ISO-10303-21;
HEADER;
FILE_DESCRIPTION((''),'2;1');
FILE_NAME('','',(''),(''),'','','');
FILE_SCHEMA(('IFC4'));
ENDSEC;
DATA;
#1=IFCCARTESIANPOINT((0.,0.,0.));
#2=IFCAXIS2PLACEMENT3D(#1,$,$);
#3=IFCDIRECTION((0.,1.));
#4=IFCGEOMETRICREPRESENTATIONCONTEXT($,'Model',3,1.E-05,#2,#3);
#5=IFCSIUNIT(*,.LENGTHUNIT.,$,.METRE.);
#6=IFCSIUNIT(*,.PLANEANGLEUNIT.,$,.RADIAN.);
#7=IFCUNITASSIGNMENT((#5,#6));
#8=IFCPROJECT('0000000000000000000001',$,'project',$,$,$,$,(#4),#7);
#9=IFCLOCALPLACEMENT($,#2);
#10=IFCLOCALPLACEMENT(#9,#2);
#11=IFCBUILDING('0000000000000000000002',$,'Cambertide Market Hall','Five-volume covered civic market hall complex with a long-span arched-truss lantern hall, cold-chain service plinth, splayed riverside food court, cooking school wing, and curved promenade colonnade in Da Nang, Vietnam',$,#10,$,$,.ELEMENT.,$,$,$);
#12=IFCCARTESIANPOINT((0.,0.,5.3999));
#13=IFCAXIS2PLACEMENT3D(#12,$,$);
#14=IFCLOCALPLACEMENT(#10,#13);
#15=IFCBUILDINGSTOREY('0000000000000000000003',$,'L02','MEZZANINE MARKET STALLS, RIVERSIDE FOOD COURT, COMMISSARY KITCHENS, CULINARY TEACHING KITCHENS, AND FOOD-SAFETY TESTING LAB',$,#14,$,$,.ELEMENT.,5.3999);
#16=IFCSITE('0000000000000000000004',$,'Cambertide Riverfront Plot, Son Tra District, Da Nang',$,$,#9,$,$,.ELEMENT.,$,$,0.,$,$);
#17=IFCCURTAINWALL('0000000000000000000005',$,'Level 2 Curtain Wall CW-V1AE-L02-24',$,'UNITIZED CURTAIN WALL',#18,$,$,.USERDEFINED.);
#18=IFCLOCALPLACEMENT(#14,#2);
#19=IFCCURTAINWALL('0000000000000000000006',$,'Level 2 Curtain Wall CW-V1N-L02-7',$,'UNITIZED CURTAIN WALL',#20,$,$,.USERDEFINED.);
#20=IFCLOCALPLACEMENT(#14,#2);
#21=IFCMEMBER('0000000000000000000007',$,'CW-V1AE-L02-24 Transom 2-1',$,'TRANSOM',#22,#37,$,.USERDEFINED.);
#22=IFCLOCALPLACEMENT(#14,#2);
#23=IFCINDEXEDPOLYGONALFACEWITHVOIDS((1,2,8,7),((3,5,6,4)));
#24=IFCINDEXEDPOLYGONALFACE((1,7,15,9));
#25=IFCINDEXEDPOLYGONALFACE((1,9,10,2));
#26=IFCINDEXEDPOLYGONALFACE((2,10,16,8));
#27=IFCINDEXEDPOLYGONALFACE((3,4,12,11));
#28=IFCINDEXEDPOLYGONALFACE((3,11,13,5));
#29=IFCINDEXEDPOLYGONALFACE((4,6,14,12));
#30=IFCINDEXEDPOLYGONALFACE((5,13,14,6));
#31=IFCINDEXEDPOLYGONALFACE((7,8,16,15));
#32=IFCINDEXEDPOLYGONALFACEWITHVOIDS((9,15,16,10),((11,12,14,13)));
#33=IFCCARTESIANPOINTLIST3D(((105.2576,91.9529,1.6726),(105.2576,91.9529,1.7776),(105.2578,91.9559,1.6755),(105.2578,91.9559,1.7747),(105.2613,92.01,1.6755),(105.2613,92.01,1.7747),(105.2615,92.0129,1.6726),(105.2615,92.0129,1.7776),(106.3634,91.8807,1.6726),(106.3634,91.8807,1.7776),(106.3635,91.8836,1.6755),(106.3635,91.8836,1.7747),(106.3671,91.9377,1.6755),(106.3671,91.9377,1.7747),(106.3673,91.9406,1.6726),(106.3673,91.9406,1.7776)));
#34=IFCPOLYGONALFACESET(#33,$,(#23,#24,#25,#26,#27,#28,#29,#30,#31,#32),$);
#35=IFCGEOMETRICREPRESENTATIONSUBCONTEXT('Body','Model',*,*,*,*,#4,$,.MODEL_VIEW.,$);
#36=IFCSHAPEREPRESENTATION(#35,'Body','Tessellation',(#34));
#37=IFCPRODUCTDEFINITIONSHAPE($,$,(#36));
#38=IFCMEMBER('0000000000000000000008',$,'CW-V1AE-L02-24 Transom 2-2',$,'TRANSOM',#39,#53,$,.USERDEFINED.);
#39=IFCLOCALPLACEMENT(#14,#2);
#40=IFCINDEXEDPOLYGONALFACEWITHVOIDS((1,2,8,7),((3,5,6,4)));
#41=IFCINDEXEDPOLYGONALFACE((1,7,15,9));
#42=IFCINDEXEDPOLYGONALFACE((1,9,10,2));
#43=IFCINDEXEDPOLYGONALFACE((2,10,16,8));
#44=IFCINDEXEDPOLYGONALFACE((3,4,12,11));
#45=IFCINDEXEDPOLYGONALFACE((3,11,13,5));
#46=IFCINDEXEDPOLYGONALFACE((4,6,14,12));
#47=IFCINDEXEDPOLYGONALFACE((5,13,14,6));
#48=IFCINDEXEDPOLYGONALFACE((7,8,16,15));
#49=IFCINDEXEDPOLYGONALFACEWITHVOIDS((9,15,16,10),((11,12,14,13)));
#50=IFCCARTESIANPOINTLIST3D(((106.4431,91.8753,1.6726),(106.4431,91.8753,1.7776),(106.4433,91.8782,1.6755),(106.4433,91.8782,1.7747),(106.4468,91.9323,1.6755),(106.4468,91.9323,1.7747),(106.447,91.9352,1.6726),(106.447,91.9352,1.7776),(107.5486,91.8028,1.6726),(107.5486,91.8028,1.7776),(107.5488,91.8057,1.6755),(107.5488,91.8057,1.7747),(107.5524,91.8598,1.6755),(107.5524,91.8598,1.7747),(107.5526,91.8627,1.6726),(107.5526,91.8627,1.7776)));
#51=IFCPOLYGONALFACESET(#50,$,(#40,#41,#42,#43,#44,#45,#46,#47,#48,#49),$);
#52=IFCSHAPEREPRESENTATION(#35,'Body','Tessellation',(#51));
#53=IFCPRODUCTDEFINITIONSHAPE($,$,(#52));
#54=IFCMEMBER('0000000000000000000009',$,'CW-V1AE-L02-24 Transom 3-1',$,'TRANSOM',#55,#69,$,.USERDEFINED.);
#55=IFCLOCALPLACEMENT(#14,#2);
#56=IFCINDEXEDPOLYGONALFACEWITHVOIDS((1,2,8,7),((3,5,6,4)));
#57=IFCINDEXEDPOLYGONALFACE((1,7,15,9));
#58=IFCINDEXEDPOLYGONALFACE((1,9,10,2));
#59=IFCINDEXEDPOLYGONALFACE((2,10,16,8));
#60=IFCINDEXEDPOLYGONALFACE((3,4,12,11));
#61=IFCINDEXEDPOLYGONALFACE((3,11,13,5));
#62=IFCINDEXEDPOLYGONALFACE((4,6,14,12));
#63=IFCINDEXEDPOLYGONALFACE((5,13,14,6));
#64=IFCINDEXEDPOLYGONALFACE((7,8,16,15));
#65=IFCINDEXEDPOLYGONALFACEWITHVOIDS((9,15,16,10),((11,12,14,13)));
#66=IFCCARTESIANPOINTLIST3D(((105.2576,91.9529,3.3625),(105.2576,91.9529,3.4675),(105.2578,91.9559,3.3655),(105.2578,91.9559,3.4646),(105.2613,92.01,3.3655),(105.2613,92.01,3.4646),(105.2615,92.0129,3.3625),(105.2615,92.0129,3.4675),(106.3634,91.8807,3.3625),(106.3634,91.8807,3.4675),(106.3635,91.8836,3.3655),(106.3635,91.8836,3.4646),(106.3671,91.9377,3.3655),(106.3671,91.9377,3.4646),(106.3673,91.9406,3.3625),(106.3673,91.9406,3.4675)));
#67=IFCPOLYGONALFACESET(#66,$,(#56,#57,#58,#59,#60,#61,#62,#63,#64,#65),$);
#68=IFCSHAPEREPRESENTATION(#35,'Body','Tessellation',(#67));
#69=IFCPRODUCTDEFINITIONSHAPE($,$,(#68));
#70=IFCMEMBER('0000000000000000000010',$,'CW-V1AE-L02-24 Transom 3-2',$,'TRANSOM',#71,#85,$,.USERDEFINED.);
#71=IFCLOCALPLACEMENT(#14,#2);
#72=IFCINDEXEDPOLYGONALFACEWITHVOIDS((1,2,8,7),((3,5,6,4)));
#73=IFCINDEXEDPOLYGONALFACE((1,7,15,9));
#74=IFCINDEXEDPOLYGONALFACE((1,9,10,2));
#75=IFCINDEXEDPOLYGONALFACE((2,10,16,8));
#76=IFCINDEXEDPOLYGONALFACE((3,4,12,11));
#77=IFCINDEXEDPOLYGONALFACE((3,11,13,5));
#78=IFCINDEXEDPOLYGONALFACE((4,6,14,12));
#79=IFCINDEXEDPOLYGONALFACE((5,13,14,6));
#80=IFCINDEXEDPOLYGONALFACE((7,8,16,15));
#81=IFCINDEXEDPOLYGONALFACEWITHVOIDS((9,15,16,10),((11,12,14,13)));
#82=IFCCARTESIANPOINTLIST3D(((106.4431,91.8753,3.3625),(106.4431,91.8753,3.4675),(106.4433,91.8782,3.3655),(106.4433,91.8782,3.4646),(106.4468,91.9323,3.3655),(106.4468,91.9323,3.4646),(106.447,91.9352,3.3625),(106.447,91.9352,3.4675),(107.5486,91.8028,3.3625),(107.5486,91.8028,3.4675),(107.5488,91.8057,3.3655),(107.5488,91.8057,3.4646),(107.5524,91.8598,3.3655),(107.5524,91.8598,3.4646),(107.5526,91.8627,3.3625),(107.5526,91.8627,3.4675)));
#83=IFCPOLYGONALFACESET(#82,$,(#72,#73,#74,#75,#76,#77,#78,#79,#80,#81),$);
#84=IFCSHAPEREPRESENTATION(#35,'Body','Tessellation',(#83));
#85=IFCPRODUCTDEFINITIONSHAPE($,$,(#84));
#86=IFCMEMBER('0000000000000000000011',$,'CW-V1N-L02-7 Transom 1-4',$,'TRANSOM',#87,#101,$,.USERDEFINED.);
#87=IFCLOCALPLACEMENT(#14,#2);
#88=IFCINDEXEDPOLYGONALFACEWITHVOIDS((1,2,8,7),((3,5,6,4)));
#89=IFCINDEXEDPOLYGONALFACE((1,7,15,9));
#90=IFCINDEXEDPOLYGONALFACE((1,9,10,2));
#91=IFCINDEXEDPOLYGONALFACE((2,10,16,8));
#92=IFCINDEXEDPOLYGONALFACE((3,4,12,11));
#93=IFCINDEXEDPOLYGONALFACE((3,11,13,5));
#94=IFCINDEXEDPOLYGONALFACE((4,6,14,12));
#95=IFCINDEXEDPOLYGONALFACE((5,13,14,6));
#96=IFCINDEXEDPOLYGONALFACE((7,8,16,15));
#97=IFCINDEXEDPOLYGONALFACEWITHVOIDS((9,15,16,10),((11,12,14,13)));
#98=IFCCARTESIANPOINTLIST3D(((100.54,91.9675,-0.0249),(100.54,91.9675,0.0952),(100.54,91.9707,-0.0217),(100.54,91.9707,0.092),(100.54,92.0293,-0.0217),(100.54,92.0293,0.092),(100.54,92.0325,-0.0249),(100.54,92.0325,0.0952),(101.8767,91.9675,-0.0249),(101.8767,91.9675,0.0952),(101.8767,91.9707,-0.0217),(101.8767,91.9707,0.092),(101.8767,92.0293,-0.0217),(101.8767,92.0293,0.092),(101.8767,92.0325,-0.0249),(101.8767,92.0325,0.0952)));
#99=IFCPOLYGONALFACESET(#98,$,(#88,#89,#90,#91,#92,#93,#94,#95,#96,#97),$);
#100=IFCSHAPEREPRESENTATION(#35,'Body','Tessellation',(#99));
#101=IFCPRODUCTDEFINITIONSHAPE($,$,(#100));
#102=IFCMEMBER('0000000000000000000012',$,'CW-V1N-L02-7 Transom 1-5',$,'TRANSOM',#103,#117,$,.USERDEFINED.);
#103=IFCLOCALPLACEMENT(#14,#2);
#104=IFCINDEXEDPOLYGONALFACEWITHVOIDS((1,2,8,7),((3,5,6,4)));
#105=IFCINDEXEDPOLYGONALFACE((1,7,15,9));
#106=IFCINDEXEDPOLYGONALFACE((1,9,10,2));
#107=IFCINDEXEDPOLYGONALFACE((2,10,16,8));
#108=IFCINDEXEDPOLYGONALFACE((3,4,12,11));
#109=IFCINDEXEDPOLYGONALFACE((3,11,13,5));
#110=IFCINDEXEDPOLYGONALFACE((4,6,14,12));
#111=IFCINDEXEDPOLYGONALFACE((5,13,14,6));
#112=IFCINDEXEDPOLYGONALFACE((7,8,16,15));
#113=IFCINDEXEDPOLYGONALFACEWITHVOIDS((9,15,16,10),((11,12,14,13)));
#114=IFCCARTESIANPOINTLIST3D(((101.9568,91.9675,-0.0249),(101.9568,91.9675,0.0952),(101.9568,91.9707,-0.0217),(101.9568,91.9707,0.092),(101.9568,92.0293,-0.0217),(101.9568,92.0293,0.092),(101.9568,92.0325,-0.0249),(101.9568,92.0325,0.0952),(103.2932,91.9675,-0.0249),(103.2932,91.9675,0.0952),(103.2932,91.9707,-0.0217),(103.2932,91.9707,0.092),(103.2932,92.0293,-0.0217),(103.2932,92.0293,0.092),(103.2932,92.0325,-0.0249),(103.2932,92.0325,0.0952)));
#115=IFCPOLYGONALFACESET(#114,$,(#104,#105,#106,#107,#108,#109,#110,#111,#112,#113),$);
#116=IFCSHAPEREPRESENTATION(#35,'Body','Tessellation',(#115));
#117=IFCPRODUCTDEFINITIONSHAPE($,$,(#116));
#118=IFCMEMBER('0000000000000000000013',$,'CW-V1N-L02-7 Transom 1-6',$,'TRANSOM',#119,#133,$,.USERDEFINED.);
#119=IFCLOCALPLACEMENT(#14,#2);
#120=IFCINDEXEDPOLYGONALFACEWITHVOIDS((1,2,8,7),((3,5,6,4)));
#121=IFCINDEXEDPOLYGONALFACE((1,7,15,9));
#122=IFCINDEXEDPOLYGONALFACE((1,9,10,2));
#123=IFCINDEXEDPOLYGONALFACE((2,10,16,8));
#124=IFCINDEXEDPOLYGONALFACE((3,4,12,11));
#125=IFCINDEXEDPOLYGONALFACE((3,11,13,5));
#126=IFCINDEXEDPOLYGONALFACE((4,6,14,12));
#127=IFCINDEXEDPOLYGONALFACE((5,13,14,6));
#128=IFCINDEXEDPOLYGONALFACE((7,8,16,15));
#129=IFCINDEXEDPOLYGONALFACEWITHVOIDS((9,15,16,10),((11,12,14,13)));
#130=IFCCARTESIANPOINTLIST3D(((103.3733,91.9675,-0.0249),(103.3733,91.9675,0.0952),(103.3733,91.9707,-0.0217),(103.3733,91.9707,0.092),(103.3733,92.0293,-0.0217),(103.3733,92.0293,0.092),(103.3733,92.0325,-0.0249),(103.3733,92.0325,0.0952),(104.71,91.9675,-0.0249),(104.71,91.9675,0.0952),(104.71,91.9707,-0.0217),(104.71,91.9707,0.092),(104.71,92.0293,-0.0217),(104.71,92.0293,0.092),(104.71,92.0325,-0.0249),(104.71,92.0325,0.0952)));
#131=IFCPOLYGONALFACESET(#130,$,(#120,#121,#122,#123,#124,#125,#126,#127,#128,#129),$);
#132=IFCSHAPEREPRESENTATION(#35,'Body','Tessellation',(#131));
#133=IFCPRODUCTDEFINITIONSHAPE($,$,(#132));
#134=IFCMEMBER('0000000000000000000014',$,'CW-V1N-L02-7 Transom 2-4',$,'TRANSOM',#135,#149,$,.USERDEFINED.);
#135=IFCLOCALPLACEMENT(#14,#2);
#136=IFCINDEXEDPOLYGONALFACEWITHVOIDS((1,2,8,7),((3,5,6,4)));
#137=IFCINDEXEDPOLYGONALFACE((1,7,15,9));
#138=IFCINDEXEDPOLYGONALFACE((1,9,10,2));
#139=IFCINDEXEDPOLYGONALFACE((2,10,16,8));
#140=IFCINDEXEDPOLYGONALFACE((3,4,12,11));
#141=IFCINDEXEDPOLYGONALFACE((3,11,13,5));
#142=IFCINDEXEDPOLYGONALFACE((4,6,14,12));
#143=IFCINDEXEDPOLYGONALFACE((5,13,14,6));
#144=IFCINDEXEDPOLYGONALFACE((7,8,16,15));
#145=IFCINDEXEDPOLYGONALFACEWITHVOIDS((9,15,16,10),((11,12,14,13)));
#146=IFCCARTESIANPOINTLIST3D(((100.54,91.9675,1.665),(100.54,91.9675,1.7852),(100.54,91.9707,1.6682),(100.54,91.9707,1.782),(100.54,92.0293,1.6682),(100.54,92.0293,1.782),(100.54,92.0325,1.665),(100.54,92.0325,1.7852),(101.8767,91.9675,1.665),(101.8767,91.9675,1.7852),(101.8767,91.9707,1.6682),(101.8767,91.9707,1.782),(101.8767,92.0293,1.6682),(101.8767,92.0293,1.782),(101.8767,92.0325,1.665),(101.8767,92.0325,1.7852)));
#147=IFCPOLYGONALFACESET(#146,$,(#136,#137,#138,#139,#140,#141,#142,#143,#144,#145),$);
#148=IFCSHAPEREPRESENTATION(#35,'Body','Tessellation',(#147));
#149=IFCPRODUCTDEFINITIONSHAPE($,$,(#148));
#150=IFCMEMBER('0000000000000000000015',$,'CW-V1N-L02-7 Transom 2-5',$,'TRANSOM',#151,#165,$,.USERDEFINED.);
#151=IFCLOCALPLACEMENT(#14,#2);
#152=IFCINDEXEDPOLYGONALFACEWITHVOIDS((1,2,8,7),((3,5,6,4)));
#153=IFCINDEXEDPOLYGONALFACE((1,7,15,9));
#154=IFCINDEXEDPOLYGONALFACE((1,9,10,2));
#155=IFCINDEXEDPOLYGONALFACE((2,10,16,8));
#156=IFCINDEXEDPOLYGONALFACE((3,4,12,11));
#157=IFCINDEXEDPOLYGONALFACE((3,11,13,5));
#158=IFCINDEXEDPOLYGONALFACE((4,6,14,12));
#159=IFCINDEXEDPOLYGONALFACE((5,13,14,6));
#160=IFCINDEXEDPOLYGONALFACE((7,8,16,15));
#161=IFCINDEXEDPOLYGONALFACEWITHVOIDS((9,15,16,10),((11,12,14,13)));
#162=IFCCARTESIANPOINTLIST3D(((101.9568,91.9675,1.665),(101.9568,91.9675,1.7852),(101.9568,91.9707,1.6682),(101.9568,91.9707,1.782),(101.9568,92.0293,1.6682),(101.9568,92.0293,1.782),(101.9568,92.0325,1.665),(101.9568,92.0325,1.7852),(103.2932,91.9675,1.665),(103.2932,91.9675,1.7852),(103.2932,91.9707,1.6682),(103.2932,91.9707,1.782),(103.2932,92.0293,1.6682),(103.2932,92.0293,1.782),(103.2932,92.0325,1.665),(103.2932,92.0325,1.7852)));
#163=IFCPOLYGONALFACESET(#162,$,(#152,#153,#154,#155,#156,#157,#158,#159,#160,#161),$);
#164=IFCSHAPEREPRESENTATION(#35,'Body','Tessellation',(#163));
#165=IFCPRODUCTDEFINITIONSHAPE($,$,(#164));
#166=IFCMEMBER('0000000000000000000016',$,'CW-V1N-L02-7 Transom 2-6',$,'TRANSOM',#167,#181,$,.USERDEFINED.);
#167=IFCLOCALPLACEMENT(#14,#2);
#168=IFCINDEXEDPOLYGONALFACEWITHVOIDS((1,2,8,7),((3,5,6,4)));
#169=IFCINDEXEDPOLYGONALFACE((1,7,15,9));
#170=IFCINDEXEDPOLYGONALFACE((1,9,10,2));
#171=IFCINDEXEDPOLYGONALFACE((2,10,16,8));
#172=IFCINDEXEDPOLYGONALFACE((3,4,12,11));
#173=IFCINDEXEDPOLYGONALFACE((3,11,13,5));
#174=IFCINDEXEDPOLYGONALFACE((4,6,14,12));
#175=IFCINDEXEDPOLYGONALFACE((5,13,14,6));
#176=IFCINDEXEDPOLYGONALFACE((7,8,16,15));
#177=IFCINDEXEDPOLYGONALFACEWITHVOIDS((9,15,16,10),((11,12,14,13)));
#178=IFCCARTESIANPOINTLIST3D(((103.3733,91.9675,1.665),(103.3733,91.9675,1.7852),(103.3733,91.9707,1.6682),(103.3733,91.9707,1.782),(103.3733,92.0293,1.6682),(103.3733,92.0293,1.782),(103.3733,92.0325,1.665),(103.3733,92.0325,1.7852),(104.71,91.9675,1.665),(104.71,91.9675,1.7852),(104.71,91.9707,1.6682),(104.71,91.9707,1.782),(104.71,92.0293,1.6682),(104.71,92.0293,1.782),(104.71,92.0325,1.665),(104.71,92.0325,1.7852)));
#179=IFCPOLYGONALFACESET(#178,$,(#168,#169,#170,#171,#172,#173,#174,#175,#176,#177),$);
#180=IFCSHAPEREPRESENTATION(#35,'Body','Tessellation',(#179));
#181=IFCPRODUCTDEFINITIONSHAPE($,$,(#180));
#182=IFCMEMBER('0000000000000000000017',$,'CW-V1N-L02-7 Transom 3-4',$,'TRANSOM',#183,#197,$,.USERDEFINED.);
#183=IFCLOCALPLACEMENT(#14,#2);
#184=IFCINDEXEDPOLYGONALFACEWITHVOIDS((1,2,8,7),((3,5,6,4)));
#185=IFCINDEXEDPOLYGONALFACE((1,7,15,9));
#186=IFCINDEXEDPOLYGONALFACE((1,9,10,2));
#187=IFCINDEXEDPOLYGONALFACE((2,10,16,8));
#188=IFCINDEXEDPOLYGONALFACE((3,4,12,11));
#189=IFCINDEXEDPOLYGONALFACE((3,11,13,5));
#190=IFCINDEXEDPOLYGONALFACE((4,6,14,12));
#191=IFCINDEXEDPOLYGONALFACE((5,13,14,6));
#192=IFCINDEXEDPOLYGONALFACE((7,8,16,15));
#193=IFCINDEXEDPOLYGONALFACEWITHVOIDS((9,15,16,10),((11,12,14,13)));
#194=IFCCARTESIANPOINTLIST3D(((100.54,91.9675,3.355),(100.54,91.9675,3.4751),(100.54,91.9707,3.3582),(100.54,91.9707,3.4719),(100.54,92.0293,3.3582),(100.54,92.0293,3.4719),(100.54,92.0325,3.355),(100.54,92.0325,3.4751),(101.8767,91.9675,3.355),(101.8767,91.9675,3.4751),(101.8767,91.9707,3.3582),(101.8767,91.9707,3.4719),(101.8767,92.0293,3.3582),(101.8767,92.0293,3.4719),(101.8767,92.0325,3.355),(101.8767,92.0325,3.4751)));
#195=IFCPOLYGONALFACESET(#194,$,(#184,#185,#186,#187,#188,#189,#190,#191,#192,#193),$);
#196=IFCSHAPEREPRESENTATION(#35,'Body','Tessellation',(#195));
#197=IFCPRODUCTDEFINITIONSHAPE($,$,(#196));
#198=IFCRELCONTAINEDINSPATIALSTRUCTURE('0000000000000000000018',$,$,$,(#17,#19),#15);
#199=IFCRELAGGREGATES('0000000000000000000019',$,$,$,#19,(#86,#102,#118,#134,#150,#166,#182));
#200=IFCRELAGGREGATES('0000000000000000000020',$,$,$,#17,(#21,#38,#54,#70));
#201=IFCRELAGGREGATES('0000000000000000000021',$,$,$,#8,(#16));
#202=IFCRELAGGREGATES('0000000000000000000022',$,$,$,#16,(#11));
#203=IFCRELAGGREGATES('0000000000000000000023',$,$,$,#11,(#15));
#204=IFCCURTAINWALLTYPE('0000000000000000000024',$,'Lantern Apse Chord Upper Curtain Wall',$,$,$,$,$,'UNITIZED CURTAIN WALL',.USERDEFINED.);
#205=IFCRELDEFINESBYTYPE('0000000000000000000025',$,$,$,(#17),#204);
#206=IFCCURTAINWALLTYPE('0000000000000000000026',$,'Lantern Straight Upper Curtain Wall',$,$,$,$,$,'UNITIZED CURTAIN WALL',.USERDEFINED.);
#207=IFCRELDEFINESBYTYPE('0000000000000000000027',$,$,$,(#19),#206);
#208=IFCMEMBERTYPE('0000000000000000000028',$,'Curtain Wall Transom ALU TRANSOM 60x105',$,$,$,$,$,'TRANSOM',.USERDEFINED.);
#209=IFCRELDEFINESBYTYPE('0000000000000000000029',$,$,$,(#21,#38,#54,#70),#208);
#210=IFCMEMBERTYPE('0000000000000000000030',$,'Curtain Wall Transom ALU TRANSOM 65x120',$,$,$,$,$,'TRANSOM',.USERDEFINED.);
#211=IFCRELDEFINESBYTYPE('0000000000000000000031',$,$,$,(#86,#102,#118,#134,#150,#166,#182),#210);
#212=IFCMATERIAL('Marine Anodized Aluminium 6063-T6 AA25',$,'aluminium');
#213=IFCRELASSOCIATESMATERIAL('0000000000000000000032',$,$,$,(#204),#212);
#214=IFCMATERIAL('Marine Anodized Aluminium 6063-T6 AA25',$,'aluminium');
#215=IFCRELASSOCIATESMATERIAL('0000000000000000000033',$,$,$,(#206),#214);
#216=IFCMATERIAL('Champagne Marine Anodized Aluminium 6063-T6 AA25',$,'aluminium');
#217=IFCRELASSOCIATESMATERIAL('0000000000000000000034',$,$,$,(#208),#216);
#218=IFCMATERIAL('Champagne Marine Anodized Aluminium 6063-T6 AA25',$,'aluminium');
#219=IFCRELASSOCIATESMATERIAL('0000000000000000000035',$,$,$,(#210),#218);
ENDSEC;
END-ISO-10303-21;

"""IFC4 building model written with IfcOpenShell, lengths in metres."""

from ifc_helpers import new_model, si_unit, direction, frame, origin, origin_2d, place, context, subcontext, project, spatial, hollow_rectangle, extrude, material, material_profile, profile_set, type_object, element, aggregate, save


model = new_model("IFC4")

# Units and contexts
model_context = context("Model", 3, precision=1e-05, world=origin(), true_north=direction((0.0, 1.0)))
body_context = subcontext(model_context, "Body", "Model", "MODEL_VIEW")
ifc_project = project(units=[si_unit("LENGTHUNIT", "METRE"), si_unit("PLANEANGLEUNIT", "RADIAN")], contexts=[model_context])

# Site, building, storey
site_placement = place(None, origin())
site = spatial("IfcSite", under=ifc_project, at=site_placement, Name="Cambertide Riverfront Plot, Son Tra District, Da Nang", CompositionType="ELEMENT", RefElevation=0.0)
building_placement = place(site_placement, origin())
building = spatial("IfcBuilding", under=site, at=building_placement, Name="Cambertide Market Hall", Description="Five-volume covered civic market hall complex with a long-span arched-truss lantern hall, cold-chain service plinth, splayed riverside food court, cooking school wing, and curved promenade colonnade in Da Nang, Vietnam", CompositionType="ELEMENT")
storey_placement = place(building_placement, frame((0.0, 0.0, 5.3999)))
storey = spatial("IfcBuildingStorey", under=building, at=storey_placement, Name="L02", Description="MEZZANINE MARKET STALLS, RIVERSIDE FOOD COURT, COMMISSARY KITCHENS, CULINARY TEACHING KITCHENS, AND FOOD-SAFETY TESTING LAB", CompositionType="ELEMENT", Elevation=5.3999)

# Curtain walls
ifc_material_1 = material(Name="Marine Anodized Aluminium 6063-T6 AA25", Category="aluminium")
curtain_wall_type_1 = type_object("IfcCurtainWallType", Name="Lantern Apse Chord Upper Curtain Wall", ElementType="UNITIZED CURTAIN WALL", PredefinedType="USERDEFINED", material=ifc_material_1)
curtain_wall_1_placement = place(storey_placement, origin())
curtain_wall_1 = element("IfcCurtainWall", 1, at=curtain_wall_1_placement, inside=storey, type_object=curtain_wall_type_1, Name="Level 2 Curtain Wall CW-V1AE-L02-24", ObjectType="UNITIZED CURTAIN WALL", PredefinedType="USERDEFINED")
ifc_material_2 = material(Name="Marine Anodized Aluminium 6063-T6 AA25", Category="aluminium")
curtain_wall_type_2 = type_object("IfcCurtainWallType", Name="Lantern Straight Upper Curtain Wall", ElementType="UNITIZED CURTAIN WALL", PredefinedType="USERDEFINED", material=ifc_material_2)
curtain_wall_2_placement = place(storey_placement, origin())
curtain_wall_2 = element("IfcCurtainWall", 2, at=curtain_wall_2_placement, inside=storey, type_object=curtain_wall_type_2, Name="Level 2 Curtain Wall CW-V1N-L02-7", ObjectType="UNITIZED CURTAIN WALL", PredefinedType="USERDEFINED")

# Members
ifc_material_3 = material(Name="Champagne Marine Anodized Aluminium 6063-T6 AA25", Category="aluminium")
ifc_material_profile_1 = material_profile(ifc_material_3, hollow_rectangle(XDim=0.0601, YDim=0.105, WallThickness=0.0029, at=origin_2d()), Name="ALU TRANSOM 60x105")
ifc_profile_set_1 = profile_set([ifc_material_profile_1], Name="Champagne Marine Anodized Aluminium 6063-T6 AA25")
member_type_1 = type_object("IfcMemberType", Name="Curtain Wall Transom ALU TRANSOM 60x105", ElementType="TRANSOM", PredefinedType="USERDEFINED", material=ifc_profile_set_1)
member_1_placement = place(storey_placement, frame((105.2595, 91.9829, 1.7251), z_axis=(0.997871, -0.065217, 0.0), x_axis=(0.065217, 0.997871, 0.0)))
member_1 = element("IfcMember", 3, at=member_1_placement, type_object=member_type_1, Name="CW-V1AE-L02-24 Transom 2-1", ObjectType="TRANSOM", PredefinedType="USERDEFINED", context=body_context, shape_type="SweptSolid", body=[
    extrude(hollow_rectangle(XDim=0.0601, YDim=0.105, WallThickness=0.0029, at=origin_2d()), origin(), (0.0, 0.0, 1.0), 1.1082),
])
member_2_placement = place(storey_placement, frame((106.4451, 91.9053, 1.7251), z_axis=(0.997856, -0.065451, 0.0), x_axis=(0.065451, 0.997856, 0.0)))
member_2 = element("IfcMember", 4, at=member_2_placement, type_object=member_type_1, Name="CW-V1AE-L02-24 Transom 2-2", ObjectType="TRANSOM", PredefinedType="USERDEFINED", context=body_context, shape_type="SweptSolid", body=[
    extrude(hollow_rectangle(XDim=0.0601, YDim=0.105, WallThickness=0.0029, at=origin_2d()), origin(), (0.0, 0.0, 1.0), 1.1079),
])
member_3_placement = place(storey_placement, frame((105.2595, 91.9829, 3.415), z_axis=(0.997871, -0.065217, 0.0), x_axis=(0.065217, 0.997871, 0.0)))
member_3 = element("IfcMember", 5, at=member_3_placement, type_object=member_type_1, Name="CW-V1AE-L02-24 Transom 3-1", ObjectType="TRANSOM", PredefinedType="USERDEFINED", context=body_context, shape_type="SweptSolid", body=[
    extrude(hollow_rectangle(XDim=0.0601, YDim=0.105, WallThickness=0.0029, at=origin_2d()), origin(), (0.0, 0.0, 1.0), 1.1082),
])
member_4_placement = place(storey_placement, frame((106.4451, 91.9053, 3.415), z_axis=(0.997856, -0.065451, 0.0), x_axis=(0.065451, 0.997856, 0.0)))
member_4 = element("IfcMember", 6, at=member_4_placement, type_object=member_type_1, Name="CW-V1AE-L02-24 Transom 3-2", ObjectType="TRANSOM", PredefinedType="USERDEFINED", context=body_context, shape_type="SweptSolid", body=[
    extrude(hollow_rectangle(XDim=0.0601, YDim=0.105, WallThickness=0.0029, at=origin_2d()), origin(), (0.0, 0.0, 1.0), 1.1079),
])
ifc_material_4 = material(Name="Champagne Marine Anodized Aluminium 6063-T6 AA25", Category="aluminium")
ifc_material_profile_2 = material_profile(ifc_material_4, hollow_rectangle(XDim=0.0649, YDim=0.1201, WallThickness=0.0032, at=origin_2d()), Name="ALU TRANSOM 65x120")
ifc_profile_set_2 = profile_set([ifc_material_profile_2], Name="Champagne Marine Anodized Aluminium 6063-T6 AA25")
member_type_2 = type_object("IfcMemberType", Name="Curtain Wall Transom ALU TRANSOM 65x120", ElementType="TRANSOM", PredefinedType="USERDEFINED", material=ifc_profile_set_2)
member_5_placement = place(storey_placement, frame((100.54, 92.0, 0.0352), z_axis=(1.0, 0.0, 0.0), x_axis=(0.0, 1.0, 0.0)))
member_5 = element("IfcMember", 7, at=member_5_placement, type_object=member_type_2, Name="CW-V1N-L02-7 Transom 1-4", ObjectType="TRANSOM", PredefinedType="USERDEFINED", context=body_context, shape_type="SweptSolid", body=[
    extrude(hollow_rectangle(XDim=0.0649, YDim=0.1201, WallThickness=0.0032, at=origin_2d()), origin(), (0.0, 0.0, 1.0), 1.3367),
])
member_6_placement = place(storey_placement, frame((101.9568, 92.0, 0.0352), z_axis=(1.0, 0.0, 0.0), x_axis=(0.0, 1.0, 0.0)))
member_6 = element("IfcMember", 8, at=member_6_placement, type_object=member_type_2, Name="CW-V1N-L02-7 Transom 1-5", ObjectType="TRANSOM", PredefinedType="USERDEFINED", context=body_context, shape_type="SweptSolid", body=[
    extrude(hollow_rectangle(XDim=0.0649, YDim=0.1201, WallThickness=0.0032, at=origin_2d()), origin(), (0.0, 0.0, 1.0), 1.3364),
])
member_7_placement = place(storey_placement, frame((103.3733, 92.0, 0.0352), z_axis=(1.0, 0.0, 0.0), x_axis=(0.0, 1.0, 0.0)))
member_7 = element("IfcMember", 9, at=member_7_placement, type_object=member_type_2, Name="CW-V1N-L02-7 Transom 1-6", ObjectType="TRANSOM", PredefinedType="USERDEFINED", context=body_context, shape_type="SweptSolid", body=[
    extrude(hollow_rectangle(XDim=0.0649, YDim=0.1201, WallThickness=0.0032, at=origin_2d()), origin(), (0.0, 0.0, 1.0), 1.3367),
])
member_8_placement = place(storey_placement, frame((100.54, 92.0, 1.7251), z_axis=(1.0, 0.0, 0.0), x_axis=(0.0, 1.0, 0.0)))
member_8 = element("IfcMember", 10, at=member_8_placement, type_object=member_type_2, Name="CW-V1N-L02-7 Transom 2-4", ObjectType="TRANSOM", PredefinedType="USERDEFINED", context=body_context, shape_type="SweptSolid", body=[
    extrude(hollow_rectangle(XDim=0.0649, YDim=0.1201, WallThickness=0.0032, at=origin_2d()), origin(), (0.0, 0.0, 1.0), 1.3367),
])
member_9_placement = place(storey_placement, frame((101.9568, 92.0, 1.7251), z_axis=(1.0, 0.0, 0.0), x_axis=(0.0, 1.0, 0.0)))
member_9 = element("IfcMember", 11, at=member_9_placement, type_object=member_type_2, Name="CW-V1N-L02-7 Transom 2-5", ObjectType="TRANSOM", PredefinedType="USERDEFINED", context=body_context, shape_type="SweptSolid", body=[
    extrude(hollow_rectangle(XDim=0.0649, YDim=0.1201, WallThickness=0.0032, at=origin_2d()), origin(), (0.0, 0.0, 1.0), 1.3364),
])
member_10_placement = place(storey_placement, frame((103.3733, 92.0, 1.7251), z_axis=(1.0, 0.0, 0.0), x_axis=(0.0, 1.0, 0.0)))
member_10 = element("IfcMember", 12, at=member_10_placement, type_object=member_type_2, Name="CW-V1N-L02-7 Transom 2-6", ObjectType="TRANSOM", PredefinedType="USERDEFINED", context=body_context, shape_type="SweptSolid", body=[
    extrude(hollow_rectangle(XDim=0.0649, YDim=0.1201, WallThickness=0.0032, at=origin_2d()), origin(), (0.0, 0.0, 1.0), 1.3367),
])
member_11_placement = place(storey_placement, frame((100.54, 92.0, 3.415), z_axis=(1.0, 0.0, 0.0), x_axis=(0.0, 1.0, 0.0)))
member_11 = element("IfcMember", 13, at=member_11_placement, type_object=member_type_2, Name="CW-V1N-L02-7 Transom 3-4", ObjectType="TRANSOM", PredefinedType="USERDEFINED", context=body_context, shape_type="SweptSolid", body=[
    extrude(hollow_rectangle(XDim=0.0649, YDim=0.1201, WallThickness=0.0032, at=origin_2d()), origin(), (0.0, 0.0, 1.0), 1.3367),
])

aggregate(curtain_wall_2, [member_5, member_6, member_7, member_8, member_9, member_10, member_11])
aggregate(curtain_wall_1, [member_1, member_2, member_3, member_4])

save(model, "model.ifc")
